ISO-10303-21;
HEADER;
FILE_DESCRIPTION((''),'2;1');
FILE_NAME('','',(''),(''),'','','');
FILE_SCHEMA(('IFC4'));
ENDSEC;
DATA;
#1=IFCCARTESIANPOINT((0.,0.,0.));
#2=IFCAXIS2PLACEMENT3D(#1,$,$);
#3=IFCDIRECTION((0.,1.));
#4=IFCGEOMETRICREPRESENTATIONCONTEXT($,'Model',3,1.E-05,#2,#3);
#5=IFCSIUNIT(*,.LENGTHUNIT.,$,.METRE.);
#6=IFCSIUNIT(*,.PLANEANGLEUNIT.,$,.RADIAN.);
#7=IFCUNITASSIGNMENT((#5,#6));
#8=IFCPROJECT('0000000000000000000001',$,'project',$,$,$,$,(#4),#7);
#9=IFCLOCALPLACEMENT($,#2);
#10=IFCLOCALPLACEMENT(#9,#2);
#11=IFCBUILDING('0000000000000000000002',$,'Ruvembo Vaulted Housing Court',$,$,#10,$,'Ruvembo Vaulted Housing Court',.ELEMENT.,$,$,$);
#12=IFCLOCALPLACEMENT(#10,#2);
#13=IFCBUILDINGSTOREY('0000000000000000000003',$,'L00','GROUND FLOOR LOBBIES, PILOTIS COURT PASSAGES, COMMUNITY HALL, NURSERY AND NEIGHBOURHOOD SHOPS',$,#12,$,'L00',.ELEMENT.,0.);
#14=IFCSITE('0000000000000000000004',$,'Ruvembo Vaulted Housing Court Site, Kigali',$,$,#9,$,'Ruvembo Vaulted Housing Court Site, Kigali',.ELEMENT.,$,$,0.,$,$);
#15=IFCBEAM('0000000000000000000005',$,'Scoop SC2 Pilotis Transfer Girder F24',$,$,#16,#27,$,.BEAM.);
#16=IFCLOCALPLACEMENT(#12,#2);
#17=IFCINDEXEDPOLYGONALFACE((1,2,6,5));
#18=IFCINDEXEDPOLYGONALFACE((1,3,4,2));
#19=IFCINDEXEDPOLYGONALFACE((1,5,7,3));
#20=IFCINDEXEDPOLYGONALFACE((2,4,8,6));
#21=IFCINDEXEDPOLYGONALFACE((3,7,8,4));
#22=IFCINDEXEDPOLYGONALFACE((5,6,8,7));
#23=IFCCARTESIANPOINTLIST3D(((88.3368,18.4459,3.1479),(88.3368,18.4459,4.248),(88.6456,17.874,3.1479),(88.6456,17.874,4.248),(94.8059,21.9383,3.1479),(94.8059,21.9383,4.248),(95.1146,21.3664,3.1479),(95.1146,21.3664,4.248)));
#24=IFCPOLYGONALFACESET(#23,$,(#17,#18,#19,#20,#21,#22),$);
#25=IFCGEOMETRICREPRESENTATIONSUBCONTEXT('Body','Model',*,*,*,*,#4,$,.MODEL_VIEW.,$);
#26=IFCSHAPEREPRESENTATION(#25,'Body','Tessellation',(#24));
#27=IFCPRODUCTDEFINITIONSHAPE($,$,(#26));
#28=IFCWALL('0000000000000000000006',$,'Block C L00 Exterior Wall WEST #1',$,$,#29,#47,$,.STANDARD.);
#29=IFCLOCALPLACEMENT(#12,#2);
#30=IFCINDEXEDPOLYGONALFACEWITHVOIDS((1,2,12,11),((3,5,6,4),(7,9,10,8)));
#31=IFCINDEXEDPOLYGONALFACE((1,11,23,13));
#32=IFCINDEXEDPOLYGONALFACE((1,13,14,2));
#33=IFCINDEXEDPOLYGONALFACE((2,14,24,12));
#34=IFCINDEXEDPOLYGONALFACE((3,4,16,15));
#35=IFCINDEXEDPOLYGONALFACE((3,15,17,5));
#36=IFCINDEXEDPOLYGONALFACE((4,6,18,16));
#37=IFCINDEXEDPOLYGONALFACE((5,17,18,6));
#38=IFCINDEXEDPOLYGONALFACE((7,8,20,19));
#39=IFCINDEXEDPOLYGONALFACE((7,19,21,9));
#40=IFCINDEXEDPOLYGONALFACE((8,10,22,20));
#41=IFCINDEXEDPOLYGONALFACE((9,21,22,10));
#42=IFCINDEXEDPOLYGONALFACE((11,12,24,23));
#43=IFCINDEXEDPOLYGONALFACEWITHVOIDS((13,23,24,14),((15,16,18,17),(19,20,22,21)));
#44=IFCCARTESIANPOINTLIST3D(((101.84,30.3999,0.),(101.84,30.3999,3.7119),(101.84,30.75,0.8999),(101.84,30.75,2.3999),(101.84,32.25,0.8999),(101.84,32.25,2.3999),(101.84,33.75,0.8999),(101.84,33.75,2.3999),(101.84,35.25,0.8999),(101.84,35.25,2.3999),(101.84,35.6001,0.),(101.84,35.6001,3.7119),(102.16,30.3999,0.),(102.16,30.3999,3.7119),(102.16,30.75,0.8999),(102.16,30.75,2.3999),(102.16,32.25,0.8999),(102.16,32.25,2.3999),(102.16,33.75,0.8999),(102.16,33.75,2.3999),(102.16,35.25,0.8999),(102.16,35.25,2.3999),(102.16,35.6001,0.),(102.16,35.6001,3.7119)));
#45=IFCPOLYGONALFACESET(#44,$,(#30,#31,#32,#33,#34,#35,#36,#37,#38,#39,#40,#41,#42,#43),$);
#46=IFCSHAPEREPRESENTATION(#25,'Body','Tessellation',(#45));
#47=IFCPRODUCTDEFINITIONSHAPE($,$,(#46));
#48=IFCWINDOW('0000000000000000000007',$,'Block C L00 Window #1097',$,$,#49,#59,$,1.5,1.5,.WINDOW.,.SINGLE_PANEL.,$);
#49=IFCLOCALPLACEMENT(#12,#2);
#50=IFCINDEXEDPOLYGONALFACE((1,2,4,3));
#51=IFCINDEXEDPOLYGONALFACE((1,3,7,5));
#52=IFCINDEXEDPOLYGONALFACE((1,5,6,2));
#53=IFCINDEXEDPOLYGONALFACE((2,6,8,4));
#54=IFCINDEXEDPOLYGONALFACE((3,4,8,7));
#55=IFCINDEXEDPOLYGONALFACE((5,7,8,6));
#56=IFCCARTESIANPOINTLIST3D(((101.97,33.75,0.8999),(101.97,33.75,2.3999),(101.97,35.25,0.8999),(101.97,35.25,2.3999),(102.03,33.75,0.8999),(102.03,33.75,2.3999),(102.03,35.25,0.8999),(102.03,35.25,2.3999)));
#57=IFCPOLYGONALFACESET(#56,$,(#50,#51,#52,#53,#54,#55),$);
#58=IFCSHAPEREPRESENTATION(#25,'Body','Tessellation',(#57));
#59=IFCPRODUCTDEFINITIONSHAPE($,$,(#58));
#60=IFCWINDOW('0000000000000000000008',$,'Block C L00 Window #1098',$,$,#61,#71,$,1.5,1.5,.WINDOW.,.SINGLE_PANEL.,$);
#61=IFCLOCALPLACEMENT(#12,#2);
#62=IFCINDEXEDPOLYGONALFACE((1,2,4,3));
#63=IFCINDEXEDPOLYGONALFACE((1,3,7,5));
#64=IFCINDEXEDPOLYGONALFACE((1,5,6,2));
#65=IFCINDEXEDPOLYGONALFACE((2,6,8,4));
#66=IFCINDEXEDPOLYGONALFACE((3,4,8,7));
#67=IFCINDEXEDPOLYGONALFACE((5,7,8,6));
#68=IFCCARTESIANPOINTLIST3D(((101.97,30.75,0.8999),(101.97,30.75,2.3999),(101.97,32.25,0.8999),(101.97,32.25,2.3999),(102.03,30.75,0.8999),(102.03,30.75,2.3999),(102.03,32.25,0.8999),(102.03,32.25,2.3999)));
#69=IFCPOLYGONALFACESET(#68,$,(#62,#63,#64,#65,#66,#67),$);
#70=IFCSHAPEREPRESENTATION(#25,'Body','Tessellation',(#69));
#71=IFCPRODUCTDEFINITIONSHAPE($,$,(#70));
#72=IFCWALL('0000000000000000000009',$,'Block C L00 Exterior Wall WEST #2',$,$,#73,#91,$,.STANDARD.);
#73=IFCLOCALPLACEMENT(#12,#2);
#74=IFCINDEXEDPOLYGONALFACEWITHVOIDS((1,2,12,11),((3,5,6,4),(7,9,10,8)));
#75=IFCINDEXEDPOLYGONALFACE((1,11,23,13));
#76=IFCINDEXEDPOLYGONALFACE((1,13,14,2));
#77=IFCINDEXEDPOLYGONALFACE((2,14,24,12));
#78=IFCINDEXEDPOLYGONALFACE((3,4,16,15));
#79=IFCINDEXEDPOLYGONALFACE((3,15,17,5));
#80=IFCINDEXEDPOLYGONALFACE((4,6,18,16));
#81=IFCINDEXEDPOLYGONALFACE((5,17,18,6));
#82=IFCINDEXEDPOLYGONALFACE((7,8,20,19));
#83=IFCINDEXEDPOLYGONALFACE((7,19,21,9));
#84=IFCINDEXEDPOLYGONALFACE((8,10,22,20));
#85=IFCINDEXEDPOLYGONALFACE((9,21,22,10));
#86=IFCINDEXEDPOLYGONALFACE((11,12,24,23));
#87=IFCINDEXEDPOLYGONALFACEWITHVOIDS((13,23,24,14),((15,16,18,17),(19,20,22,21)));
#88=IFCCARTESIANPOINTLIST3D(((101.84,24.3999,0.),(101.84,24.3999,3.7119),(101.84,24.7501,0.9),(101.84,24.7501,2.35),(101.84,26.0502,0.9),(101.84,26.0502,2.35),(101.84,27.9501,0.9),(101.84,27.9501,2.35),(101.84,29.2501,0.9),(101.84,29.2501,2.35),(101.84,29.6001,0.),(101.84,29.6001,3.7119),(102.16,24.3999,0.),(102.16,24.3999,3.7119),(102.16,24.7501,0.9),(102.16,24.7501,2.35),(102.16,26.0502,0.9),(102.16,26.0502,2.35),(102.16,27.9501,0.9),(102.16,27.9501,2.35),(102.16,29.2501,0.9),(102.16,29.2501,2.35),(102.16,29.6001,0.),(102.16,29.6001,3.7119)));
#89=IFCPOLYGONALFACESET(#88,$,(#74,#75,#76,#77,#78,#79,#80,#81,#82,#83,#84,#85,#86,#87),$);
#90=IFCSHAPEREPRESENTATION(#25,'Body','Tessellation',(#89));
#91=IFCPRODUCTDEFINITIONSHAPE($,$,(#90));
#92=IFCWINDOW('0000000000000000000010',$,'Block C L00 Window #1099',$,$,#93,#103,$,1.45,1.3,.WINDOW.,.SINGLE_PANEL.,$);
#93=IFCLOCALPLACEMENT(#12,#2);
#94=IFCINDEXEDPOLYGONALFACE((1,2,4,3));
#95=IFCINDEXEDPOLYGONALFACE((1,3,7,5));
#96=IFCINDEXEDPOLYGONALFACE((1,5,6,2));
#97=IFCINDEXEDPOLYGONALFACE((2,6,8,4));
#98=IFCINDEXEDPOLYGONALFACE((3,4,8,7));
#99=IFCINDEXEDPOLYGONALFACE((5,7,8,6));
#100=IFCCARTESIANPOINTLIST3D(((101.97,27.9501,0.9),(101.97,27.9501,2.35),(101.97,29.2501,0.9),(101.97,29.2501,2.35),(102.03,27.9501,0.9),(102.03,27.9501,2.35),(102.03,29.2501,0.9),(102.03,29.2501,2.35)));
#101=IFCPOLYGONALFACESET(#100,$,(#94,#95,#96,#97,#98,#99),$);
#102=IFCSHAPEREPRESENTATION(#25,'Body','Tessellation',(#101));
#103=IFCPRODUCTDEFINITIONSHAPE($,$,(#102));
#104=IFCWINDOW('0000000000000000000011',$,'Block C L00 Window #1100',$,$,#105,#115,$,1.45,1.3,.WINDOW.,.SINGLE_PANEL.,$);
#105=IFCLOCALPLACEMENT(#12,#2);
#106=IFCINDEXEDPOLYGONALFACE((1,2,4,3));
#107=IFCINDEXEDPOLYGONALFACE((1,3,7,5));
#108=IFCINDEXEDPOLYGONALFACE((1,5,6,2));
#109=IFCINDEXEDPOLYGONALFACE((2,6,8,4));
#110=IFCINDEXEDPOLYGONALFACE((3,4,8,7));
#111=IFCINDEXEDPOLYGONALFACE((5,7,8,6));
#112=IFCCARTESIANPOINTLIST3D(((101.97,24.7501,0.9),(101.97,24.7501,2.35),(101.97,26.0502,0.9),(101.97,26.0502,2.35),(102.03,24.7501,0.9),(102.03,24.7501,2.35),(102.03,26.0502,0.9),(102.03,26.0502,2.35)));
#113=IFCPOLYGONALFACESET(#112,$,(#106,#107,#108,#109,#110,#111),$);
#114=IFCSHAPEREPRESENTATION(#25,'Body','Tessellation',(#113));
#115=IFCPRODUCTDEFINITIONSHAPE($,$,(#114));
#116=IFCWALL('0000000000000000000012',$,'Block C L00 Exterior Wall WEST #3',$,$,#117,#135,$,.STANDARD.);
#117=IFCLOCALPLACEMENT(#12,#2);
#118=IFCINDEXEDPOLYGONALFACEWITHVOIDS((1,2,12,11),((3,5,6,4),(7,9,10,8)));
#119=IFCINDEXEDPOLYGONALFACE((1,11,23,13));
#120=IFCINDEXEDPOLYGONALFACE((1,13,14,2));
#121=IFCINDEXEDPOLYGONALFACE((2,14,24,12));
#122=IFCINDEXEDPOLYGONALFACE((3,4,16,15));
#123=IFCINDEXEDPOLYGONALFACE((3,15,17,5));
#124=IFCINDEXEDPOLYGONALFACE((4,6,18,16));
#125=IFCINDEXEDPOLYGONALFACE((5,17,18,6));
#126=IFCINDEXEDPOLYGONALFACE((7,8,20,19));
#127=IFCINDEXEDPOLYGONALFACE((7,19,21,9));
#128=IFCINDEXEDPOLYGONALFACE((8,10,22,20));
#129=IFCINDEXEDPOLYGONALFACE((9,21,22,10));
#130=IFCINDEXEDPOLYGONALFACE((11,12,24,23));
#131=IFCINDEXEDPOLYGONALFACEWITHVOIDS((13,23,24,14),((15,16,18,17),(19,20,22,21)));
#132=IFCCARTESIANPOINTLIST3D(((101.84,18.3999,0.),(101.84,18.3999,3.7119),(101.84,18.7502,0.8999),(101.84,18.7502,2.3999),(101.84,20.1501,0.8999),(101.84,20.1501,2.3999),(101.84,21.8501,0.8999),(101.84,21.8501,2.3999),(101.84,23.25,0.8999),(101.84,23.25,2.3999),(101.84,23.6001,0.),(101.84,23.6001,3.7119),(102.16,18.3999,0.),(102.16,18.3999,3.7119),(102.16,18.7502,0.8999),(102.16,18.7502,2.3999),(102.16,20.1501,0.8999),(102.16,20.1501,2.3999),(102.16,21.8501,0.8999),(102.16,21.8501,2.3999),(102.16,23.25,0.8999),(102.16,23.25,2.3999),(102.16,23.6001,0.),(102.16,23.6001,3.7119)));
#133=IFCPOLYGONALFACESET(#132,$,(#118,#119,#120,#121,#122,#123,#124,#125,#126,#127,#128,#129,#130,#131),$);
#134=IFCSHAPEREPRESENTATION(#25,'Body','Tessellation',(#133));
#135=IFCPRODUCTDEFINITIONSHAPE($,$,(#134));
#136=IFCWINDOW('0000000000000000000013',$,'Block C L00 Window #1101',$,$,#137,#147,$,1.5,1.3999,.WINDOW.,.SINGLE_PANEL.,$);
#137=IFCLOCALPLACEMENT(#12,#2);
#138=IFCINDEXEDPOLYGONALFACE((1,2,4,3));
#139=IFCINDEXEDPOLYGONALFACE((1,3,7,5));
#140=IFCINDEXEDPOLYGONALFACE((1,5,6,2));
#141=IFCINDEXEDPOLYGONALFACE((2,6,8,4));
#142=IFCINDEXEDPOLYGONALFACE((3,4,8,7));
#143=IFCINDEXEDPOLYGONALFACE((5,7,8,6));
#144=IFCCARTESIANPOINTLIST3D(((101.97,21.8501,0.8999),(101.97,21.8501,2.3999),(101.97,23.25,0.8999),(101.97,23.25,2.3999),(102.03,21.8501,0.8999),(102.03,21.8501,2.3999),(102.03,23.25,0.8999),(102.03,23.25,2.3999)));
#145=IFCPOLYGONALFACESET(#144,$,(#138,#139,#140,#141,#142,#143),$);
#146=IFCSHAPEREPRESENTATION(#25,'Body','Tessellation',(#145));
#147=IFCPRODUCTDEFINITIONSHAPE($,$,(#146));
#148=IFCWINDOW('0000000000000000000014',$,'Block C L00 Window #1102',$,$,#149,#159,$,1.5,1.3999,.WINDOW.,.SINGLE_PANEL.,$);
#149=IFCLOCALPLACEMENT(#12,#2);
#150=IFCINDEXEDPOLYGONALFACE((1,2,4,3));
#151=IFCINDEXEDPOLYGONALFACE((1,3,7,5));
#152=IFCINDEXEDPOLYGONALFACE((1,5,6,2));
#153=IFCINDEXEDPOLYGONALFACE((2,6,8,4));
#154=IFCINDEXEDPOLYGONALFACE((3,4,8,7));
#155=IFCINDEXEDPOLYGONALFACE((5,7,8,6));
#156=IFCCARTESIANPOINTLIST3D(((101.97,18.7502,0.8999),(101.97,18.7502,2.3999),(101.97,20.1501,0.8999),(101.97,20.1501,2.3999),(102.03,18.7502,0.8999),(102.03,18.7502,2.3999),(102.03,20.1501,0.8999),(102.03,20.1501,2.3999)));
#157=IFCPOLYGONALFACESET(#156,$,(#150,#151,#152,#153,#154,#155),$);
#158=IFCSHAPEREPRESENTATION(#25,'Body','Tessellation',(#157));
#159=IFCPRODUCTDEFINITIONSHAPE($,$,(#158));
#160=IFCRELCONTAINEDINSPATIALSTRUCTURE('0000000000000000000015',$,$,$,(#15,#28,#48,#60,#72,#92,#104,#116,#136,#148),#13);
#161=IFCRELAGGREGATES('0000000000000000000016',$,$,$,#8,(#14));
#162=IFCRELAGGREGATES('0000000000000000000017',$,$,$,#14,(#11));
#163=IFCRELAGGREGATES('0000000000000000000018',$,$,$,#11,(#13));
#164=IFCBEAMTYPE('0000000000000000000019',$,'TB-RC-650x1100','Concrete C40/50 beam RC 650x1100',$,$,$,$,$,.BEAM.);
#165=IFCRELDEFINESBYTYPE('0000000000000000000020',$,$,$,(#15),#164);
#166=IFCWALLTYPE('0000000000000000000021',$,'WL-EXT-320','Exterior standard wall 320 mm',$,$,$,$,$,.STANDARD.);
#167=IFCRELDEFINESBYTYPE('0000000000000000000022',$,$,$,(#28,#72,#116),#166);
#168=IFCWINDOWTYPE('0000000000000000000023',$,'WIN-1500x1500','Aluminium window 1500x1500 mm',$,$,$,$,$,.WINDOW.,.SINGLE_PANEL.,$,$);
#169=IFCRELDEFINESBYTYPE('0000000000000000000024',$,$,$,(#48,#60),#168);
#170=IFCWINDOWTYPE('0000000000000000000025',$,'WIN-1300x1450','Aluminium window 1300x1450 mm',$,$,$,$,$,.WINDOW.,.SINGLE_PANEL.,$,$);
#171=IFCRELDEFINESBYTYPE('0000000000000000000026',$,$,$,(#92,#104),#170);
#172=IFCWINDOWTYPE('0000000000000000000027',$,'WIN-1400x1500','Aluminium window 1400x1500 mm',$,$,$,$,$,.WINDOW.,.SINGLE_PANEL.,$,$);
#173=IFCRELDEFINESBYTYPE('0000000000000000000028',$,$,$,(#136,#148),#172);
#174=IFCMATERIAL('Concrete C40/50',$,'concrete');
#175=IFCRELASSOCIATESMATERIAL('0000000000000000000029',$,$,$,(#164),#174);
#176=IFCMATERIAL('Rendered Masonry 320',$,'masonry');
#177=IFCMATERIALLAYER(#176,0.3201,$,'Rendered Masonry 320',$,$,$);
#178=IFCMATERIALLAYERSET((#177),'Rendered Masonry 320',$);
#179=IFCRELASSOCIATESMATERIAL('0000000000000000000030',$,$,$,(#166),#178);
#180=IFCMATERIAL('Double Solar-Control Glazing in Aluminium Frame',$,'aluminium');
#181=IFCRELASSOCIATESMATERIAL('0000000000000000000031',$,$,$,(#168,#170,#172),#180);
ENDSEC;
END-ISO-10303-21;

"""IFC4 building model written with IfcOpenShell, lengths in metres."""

from ifc_helpers import new_model, si_unit, direction, frame, frame_2d, origin, origin_2d, place, context, subcontext, project, spatial, rectangle, extrude, material, layer, layer_set, material_profile, profile_set, type_object, element, fill, save


model = new_model("IFC4")

# Units and contexts
model_context = context("Model", 3, precision=1e-05, world=origin(), true_north=direction((0.0, 1.0)))
body_context = subcontext(model_context, "Body", "Model", "MODEL_VIEW")
ifc_project = project(units=[si_unit("LENGTHUNIT", "METRE"), si_unit("PLANEANGLEUNIT", "RADIAN")], contexts=[model_context])

# Site, building, storey
site_placement = place(None, origin())
site = spatial("IfcSite", under=ifc_project, at=site_placement, Name="Ruvembo Vaulted Housing Court Site, Kigali", LongName="Ruvembo Vaulted Housing Court Site, Kigali", CompositionType="ELEMENT", RefElevation=0.0)
building_placement = place(site_placement, origin())
building = spatial("IfcBuilding", under=site, at=building_placement, Name="Ruvembo Vaulted Housing Court", LongName="Ruvembo Vaulted Housing Court", CompositionType="ELEMENT")
storey_placement = place(building_placement, origin())
storey = spatial("IfcBuildingStorey", under=building, at=storey_placement, Name="L00", Description="GROUND FLOOR LOBBIES, PILOTIS COURT PASSAGES, COMMUNITY HALL, NURSERY AND NEIGHBOURHOOD SHOPS", LongName="L00", CompositionType="ELEMENT", Elevation=0.0)

# Shared definitions
ifc_material_1 = material(Name="Concrete C40/50", Category="concrete")

# Beam
ifc_material_profile_1 = material_profile(ifc_material_1, rectangle(XDim=0.6499, YDim=1.1001, at=origin_2d()), Name="RC 650x1100")
ifc_profile_set_1 = profile_set([ifc_material_profile_1], Name="Concrete C40/50")
beam_type_1 = type_object("IfcBeamType", Name="TB-RC-650x1100", Description="Concrete C40/50 beam RC 650x1100", PredefinedType="BEAM", material=ifc_profile_set_1)
beam_1_placement = place(storey_placement, frame((88.4912, 18.1599, 3.698), z_axis=(0.879952, 0.475062, 0.0), x_axis=(-0.475062, 0.879952, 0.0)))
element("IfcBeam", 1, at=beam_1_placement, inside=storey, type_object=beam_type_1, Name="Scoop SC2 Pilotis Transfer Girder F24", PredefinedType="BEAM", context=body_context, shape_type="SweptSolid", body=[
    extrude(rectangle(XDim=0.6499, YDim=1.1001, at=origin_2d()), origin(), (0.0, 0.0, 1.0), 7.3516),
])

# Walls, openings, windows
ifc_material_2 = material(Name="Rendered Masonry 320", Category="masonry")
ifc_layer = layer(ifc_material_2, 0.3201, Name="Rendered Masonry 320")
ifc_layer_set = layer_set([ifc_layer], Name="Rendered Masonry 320")
wall_type = type_object("IfcWallType", Name="WL-EXT-320", Description="Exterior standard wall 320 mm", PredefinedType="STANDARD", material=ifc_layer_set)
wall_1_placement = place(storey_placement, frame((102.0, 35.6001, 0.0), z_axis=(0.0, 0.0, 1.0), x_axis=(0.0, -1.0, 0.0)))
wall_1 = element("IfcWall", 2, at=wall_1_placement, inside=storey, type_object=wall_type, Name="Block C L00 Exterior Wall WEST #1", PredefinedType="STANDARD", context=body_context, shape_type="SweptSolid", body=[
    extrude(rectangle(XDim=5.2002, YDim=0.3201, at=frame_2d((2.6001, 0.0))), origin(), (0.0, 0.0, 1.0), 3.7119),
])
opening_1_placement = place(wall_1_placement, frame((0.3501, 0.0, 0.8999)))
opening_1 = element("IfcOpeningElement", 3, at=opening_1_placement, cuts=wall_1, PredefinedType="OPENING", context=body_context, shape_type="SweptSolid", body=[
    extrude(rectangle(XDim=1.5, YDim=1.5, at=frame_2d((0.75, 0.75))), frame((0.0, 0.1699, 0.0), z_axis=(0.0, -1.0, 0.0), x_axis=(1.0, 0.0, 0.0)), (0.0, 0.0, 1.0), 0.3401),
])
opening_2_placement = place(wall_1_placement, frame((3.3501, 0.0, 0.8999)))
opening_2 = element("IfcOpeningElement", 4, at=opening_2_placement, cuts=wall_1, PredefinedType="OPENING", context=body_context, shape_type="SweptSolid", body=[
    extrude(rectangle(XDim=1.5, YDim=1.5, at=frame_2d((0.75, 0.75))), frame((0.0, 0.1699, 0.0), z_axis=(0.0, -1.0, 0.0), x_axis=(1.0, 0.0, 0.0)), (0.0, 0.0, 1.0), 0.3401),
])
ifc_material_3 = material(Name="Double Solar-Control Glazing in Aluminium Frame", Category="aluminium")
window_type_1 = type_object("IfcWindowType", Name="WIN-1500x1500", Description="Aluminium window 1500x1500 mm", PartitioningType="SINGLE_PANEL", PredefinedType="WINDOW", material=ifc_material_3)
window_1_placement = place(opening_1_placement, origin())
window_1 = element("IfcWindow", 5, at=window_1_placement, inside=storey, type_object=window_type_1, Name="Block C L00 Window #1097", OverallHeight=1.5, OverallWidth=1.5, PartitioningType="SINGLE_PANEL", PredefinedType="WINDOW", context=body_context, shape_type="SweptSolid", body=[
    extrude(rectangle(XDim=1.5, YDim=1.5, at=frame_2d((0.75, 0.75))), frame((0.0, 0.03, 0.0), z_axis=(0.0, -1.0, 0.0), x_axis=(1.0, 0.0, 0.0)), (0.0, 0.0, 1.0), 0.0601),
])
fill(opening_1, window_1)
window_2_placement = place(opening_2_placement, origin())
window_2 = element("IfcWindow", 6, at=window_2_placement, inside=storey, type_object=window_type_1, Name="Block C L00 Window #1098", OverallHeight=1.5, OverallWidth=1.5, PartitioningType="SINGLE_PANEL", PredefinedType="WINDOW", context=body_context, shape_type="SweptSolid", body=[
    extrude(rectangle(XDim=1.5, YDim=1.5, at=frame_2d((0.75, 0.75))), frame((0.0, 0.03, 0.0), z_axis=(0.0, -1.0, 0.0), x_axis=(1.0, 0.0, 0.0)), (0.0, 0.0, 1.0), 0.0601),
])
fill(opening_2, window_2)
wall_2_placement = place(storey_placement, frame((102.0, 29.6001, 0.0), z_axis=(0.0, 0.0, 1.0), x_axis=(0.0, -1.0, 0.0)))
wall_2 = element("IfcWall", 7, at=wall_2_placement, inside=storey, type_object=wall_type, Name="Block C L00 Exterior Wall WEST #2", PredefinedType="STANDARD", context=body_context, shape_type="SweptSolid", body=[
    extrude(rectangle(XDim=5.2002, YDim=0.3201, at=frame_2d((2.6001, 0.0))), origin(), (0.0, 0.0, 1.0), 3.7119),
])
opening_3_placement = place(wall_2_placement, frame((0.3501, 0.0, 0.8999)))
opening_3 = element("IfcOpeningElement", 8, at=opening_3_placement, cuts=wall_2, PredefinedType="OPENING", context=body_context, shape_type="SweptSolid", body=[
    extrude(rectangle(XDim=1.3, YDim=1.45, at=frame_2d((0.6499, 0.7251))), frame((0.0, 0.1699, 0.0), z_axis=(0.0, -1.0, 0.0), x_axis=(1.0, 0.0, 0.0)), (0.0, 0.0, 1.0), 0.3401),
])
opening_4_placement = place(wall_2_placement, frame((3.55, 0.0, 0.8999)))
opening_4 = element("IfcOpeningElement", 9, at=opening_4_placement, cuts=wall_2, PredefinedType="OPENING", context=body_context, shape_type="SweptSolid", body=[
    extrude(rectangle(XDim=1.3, YDim=1.45, at=frame_2d((0.6499, 0.7251))), frame((0.0, 0.1699, 0.0), z_axis=(0.0, -1.0, 0.0), x_axis=(1.0, 0.0, 0.0)), (0.0, 0.0, 1.0), 0.3401),
])
window_type_2 = type_object("IfcWindowType", Name="WIN-1300x1450", Description="Aluminium window 1300x1450 mm", PartitioningType="SINGLE_PANEL", PredefinedType="WINDOW", material=ifc_material_3)
window_3_placement = place(opening_3_placement, origin())
window_3 = element("IfcWindow", 10, at=window_3_placement, inside=storey, type_object=window_type_2, Name="Block C L00 Window #1099", OverallHeight=1.45, OverallWidth=1.3, PartitioningType="SINGLE_PANEL", PredefinedType="WINDOW", context=body_context, shape_type="SweptSolid", body=[
    extrude(rectangle(XDim=1.3, YDim=1.45, at=frame_2d((0.6499, 0.7251))), frame((0.0, 0.03, 0.0), z_axis=(0.0, -1.0, 0.0), x_axis=(1.0, 0.0, 0.0)), (0.0, 0.0, 1.0), 0.0601),
])
fill(opening_3, window_3)
window_4_placement = place(opening_4_placement, origin())
window_4 = element("IfcWindow", 11, at=window_4_placement, inside=storey, type_object=window_type_2, Name="Block C L00 Window #1100", OverallHeight=1.45, OverallWidth=1.3, PartitioningType="SINGLE_PANEL", PredefinedType="WINDOW", context=body_context, shape_type="SweptSolid", body=[
    extrude(rectangle(XDim=1.3, YDim=1.45, at=frame_2d((0.6499, 0.7251))), frame((0.0, 0.03, 0.0), z_axis=(0.0, -1.0, 0.0), x_axis=(1.0, 0.0, 0.0)), (0.0, 0.0, 1.0), 0.0601),
])
fill(opening_4, window_4)
wall_3_placement = place(storey_placement, frame((102.0, 23.6001, 0.0), z_axis=(0.0, 0.0, 1.0), x_axis=(0.0, -1.0, 0.0)))
wall_3 = element("IfcWall", 12, at=wall_3_placement, inside=storey, type_object=wall_type, Name="Block C L00 Exterior Wall WEST #3", PredefinedType="STANDARD", context=body_context, shape_type="SweptSolid", body=[
    extrude(rectangle(XDim=5.2002, YDim=0.3201, at=frame_2d((2.6001, 0.0))), origin(), (0.0, 0.0, 1.0), 3.7119),
])
opening_5_placement = place(wall_3_placement, frame((0.3501, 0.0, 0.8999)))
opening_5 = element("IfcOpeningElement", 13, at=opening_5_placement, cuts=wall_3, PredefinedType="OPENING", context=body_context, shape_type="SweptSolid", body=[
    extrude(rectangle(XDim=1.3999, YDim=1.5, at=frame_2d((0.7, 0.75))), frame((0.0, 0.1699, 0.0), z_axis=(0.0, -1.0, 0.0), x_axis=(1.0, 0.0, 0.0)), (0.0, 0.0, 1.0), 0.3401),
])
opening_6_placement = place(wall_3_placement, frame((3.45, 0.0, 0.8999)))
opening_6 = element("IfcOpeningElement", 14, at=opening_6_placement, cuts=wall_3, PredefinedType="OPENING", context=body_context, shape_type="SweptSolid", body=[
    extrude(rectangle(XDim=1.3999, YDim=1.5, at=frame_2d((0.7, 0.75))), frame((0.0, 0.1699, 0.0), z_axis=(0.0, -1.0, 0.0), x_axis=(1.0, 0.0, 0.0)), (0.0, 0.0, 1.0), 0.3401),
])
window_type_3 = type_object("IfcWindowType", Name="WIN-1400x1500", Description="Aluminium window 1400x1500 mm", PartitioningType="SINGLE_PANEL", PredefinedType="WINDOW", material=ifc_material_3)
window_5_placement = place(opening_5_placement, origin())
window_5 = element("IfcWindow", 15, at=window_5_placement, inside=storey, type_object=window_type_3, Name="Block C L00 Window #1101", OverallHeight=1.5, OverallWidth=1.3999, PartitioningType="SINGLE_PANEL", PredefinedType="WINDOW", context=body_context, shape_type="SweptSolid", body=[
    extrude(rectangle(XDim=1.3999, YDim=1.5, at=frame_2d((0.7, 0.75))), frame((0.0, 0.03, 0.0), z_axis=(0.0, -1.0, 0.0), x_axis=(1.0, 0.0, 0.0)), (0.0, 0.0, 1.0), 0.0601),
])
fill(opening_5, window_5)
window_6_placement = place(opening_6_placement, origin())
window_6 = element("IfcWindow", 16, at=window_6_placement, inside=storey, type_object=window_type_3, Name="Block C L00 Window #1102", OverallHeight=1.5, OverallWidth=1.3999, PartitioningType="SINGLE_PANEL", PredefinedType="WINDOW", context=body_context, shape_type="SweptSolid", body=[
    extrude(rectangle(XDim=1.3999, YDim=1.5, at=frame_2d((0.7, 0.75))), frame((0.0, 0.03, 0.0), z_axis=(0.0, -1.0, 0.0), x_axis=(1.0, 0.0, 0.0)), (0.0, 0.0, 1.0), 0.0601),
])
fill(opening_6, window_6)

save(model, "model.ifc")
